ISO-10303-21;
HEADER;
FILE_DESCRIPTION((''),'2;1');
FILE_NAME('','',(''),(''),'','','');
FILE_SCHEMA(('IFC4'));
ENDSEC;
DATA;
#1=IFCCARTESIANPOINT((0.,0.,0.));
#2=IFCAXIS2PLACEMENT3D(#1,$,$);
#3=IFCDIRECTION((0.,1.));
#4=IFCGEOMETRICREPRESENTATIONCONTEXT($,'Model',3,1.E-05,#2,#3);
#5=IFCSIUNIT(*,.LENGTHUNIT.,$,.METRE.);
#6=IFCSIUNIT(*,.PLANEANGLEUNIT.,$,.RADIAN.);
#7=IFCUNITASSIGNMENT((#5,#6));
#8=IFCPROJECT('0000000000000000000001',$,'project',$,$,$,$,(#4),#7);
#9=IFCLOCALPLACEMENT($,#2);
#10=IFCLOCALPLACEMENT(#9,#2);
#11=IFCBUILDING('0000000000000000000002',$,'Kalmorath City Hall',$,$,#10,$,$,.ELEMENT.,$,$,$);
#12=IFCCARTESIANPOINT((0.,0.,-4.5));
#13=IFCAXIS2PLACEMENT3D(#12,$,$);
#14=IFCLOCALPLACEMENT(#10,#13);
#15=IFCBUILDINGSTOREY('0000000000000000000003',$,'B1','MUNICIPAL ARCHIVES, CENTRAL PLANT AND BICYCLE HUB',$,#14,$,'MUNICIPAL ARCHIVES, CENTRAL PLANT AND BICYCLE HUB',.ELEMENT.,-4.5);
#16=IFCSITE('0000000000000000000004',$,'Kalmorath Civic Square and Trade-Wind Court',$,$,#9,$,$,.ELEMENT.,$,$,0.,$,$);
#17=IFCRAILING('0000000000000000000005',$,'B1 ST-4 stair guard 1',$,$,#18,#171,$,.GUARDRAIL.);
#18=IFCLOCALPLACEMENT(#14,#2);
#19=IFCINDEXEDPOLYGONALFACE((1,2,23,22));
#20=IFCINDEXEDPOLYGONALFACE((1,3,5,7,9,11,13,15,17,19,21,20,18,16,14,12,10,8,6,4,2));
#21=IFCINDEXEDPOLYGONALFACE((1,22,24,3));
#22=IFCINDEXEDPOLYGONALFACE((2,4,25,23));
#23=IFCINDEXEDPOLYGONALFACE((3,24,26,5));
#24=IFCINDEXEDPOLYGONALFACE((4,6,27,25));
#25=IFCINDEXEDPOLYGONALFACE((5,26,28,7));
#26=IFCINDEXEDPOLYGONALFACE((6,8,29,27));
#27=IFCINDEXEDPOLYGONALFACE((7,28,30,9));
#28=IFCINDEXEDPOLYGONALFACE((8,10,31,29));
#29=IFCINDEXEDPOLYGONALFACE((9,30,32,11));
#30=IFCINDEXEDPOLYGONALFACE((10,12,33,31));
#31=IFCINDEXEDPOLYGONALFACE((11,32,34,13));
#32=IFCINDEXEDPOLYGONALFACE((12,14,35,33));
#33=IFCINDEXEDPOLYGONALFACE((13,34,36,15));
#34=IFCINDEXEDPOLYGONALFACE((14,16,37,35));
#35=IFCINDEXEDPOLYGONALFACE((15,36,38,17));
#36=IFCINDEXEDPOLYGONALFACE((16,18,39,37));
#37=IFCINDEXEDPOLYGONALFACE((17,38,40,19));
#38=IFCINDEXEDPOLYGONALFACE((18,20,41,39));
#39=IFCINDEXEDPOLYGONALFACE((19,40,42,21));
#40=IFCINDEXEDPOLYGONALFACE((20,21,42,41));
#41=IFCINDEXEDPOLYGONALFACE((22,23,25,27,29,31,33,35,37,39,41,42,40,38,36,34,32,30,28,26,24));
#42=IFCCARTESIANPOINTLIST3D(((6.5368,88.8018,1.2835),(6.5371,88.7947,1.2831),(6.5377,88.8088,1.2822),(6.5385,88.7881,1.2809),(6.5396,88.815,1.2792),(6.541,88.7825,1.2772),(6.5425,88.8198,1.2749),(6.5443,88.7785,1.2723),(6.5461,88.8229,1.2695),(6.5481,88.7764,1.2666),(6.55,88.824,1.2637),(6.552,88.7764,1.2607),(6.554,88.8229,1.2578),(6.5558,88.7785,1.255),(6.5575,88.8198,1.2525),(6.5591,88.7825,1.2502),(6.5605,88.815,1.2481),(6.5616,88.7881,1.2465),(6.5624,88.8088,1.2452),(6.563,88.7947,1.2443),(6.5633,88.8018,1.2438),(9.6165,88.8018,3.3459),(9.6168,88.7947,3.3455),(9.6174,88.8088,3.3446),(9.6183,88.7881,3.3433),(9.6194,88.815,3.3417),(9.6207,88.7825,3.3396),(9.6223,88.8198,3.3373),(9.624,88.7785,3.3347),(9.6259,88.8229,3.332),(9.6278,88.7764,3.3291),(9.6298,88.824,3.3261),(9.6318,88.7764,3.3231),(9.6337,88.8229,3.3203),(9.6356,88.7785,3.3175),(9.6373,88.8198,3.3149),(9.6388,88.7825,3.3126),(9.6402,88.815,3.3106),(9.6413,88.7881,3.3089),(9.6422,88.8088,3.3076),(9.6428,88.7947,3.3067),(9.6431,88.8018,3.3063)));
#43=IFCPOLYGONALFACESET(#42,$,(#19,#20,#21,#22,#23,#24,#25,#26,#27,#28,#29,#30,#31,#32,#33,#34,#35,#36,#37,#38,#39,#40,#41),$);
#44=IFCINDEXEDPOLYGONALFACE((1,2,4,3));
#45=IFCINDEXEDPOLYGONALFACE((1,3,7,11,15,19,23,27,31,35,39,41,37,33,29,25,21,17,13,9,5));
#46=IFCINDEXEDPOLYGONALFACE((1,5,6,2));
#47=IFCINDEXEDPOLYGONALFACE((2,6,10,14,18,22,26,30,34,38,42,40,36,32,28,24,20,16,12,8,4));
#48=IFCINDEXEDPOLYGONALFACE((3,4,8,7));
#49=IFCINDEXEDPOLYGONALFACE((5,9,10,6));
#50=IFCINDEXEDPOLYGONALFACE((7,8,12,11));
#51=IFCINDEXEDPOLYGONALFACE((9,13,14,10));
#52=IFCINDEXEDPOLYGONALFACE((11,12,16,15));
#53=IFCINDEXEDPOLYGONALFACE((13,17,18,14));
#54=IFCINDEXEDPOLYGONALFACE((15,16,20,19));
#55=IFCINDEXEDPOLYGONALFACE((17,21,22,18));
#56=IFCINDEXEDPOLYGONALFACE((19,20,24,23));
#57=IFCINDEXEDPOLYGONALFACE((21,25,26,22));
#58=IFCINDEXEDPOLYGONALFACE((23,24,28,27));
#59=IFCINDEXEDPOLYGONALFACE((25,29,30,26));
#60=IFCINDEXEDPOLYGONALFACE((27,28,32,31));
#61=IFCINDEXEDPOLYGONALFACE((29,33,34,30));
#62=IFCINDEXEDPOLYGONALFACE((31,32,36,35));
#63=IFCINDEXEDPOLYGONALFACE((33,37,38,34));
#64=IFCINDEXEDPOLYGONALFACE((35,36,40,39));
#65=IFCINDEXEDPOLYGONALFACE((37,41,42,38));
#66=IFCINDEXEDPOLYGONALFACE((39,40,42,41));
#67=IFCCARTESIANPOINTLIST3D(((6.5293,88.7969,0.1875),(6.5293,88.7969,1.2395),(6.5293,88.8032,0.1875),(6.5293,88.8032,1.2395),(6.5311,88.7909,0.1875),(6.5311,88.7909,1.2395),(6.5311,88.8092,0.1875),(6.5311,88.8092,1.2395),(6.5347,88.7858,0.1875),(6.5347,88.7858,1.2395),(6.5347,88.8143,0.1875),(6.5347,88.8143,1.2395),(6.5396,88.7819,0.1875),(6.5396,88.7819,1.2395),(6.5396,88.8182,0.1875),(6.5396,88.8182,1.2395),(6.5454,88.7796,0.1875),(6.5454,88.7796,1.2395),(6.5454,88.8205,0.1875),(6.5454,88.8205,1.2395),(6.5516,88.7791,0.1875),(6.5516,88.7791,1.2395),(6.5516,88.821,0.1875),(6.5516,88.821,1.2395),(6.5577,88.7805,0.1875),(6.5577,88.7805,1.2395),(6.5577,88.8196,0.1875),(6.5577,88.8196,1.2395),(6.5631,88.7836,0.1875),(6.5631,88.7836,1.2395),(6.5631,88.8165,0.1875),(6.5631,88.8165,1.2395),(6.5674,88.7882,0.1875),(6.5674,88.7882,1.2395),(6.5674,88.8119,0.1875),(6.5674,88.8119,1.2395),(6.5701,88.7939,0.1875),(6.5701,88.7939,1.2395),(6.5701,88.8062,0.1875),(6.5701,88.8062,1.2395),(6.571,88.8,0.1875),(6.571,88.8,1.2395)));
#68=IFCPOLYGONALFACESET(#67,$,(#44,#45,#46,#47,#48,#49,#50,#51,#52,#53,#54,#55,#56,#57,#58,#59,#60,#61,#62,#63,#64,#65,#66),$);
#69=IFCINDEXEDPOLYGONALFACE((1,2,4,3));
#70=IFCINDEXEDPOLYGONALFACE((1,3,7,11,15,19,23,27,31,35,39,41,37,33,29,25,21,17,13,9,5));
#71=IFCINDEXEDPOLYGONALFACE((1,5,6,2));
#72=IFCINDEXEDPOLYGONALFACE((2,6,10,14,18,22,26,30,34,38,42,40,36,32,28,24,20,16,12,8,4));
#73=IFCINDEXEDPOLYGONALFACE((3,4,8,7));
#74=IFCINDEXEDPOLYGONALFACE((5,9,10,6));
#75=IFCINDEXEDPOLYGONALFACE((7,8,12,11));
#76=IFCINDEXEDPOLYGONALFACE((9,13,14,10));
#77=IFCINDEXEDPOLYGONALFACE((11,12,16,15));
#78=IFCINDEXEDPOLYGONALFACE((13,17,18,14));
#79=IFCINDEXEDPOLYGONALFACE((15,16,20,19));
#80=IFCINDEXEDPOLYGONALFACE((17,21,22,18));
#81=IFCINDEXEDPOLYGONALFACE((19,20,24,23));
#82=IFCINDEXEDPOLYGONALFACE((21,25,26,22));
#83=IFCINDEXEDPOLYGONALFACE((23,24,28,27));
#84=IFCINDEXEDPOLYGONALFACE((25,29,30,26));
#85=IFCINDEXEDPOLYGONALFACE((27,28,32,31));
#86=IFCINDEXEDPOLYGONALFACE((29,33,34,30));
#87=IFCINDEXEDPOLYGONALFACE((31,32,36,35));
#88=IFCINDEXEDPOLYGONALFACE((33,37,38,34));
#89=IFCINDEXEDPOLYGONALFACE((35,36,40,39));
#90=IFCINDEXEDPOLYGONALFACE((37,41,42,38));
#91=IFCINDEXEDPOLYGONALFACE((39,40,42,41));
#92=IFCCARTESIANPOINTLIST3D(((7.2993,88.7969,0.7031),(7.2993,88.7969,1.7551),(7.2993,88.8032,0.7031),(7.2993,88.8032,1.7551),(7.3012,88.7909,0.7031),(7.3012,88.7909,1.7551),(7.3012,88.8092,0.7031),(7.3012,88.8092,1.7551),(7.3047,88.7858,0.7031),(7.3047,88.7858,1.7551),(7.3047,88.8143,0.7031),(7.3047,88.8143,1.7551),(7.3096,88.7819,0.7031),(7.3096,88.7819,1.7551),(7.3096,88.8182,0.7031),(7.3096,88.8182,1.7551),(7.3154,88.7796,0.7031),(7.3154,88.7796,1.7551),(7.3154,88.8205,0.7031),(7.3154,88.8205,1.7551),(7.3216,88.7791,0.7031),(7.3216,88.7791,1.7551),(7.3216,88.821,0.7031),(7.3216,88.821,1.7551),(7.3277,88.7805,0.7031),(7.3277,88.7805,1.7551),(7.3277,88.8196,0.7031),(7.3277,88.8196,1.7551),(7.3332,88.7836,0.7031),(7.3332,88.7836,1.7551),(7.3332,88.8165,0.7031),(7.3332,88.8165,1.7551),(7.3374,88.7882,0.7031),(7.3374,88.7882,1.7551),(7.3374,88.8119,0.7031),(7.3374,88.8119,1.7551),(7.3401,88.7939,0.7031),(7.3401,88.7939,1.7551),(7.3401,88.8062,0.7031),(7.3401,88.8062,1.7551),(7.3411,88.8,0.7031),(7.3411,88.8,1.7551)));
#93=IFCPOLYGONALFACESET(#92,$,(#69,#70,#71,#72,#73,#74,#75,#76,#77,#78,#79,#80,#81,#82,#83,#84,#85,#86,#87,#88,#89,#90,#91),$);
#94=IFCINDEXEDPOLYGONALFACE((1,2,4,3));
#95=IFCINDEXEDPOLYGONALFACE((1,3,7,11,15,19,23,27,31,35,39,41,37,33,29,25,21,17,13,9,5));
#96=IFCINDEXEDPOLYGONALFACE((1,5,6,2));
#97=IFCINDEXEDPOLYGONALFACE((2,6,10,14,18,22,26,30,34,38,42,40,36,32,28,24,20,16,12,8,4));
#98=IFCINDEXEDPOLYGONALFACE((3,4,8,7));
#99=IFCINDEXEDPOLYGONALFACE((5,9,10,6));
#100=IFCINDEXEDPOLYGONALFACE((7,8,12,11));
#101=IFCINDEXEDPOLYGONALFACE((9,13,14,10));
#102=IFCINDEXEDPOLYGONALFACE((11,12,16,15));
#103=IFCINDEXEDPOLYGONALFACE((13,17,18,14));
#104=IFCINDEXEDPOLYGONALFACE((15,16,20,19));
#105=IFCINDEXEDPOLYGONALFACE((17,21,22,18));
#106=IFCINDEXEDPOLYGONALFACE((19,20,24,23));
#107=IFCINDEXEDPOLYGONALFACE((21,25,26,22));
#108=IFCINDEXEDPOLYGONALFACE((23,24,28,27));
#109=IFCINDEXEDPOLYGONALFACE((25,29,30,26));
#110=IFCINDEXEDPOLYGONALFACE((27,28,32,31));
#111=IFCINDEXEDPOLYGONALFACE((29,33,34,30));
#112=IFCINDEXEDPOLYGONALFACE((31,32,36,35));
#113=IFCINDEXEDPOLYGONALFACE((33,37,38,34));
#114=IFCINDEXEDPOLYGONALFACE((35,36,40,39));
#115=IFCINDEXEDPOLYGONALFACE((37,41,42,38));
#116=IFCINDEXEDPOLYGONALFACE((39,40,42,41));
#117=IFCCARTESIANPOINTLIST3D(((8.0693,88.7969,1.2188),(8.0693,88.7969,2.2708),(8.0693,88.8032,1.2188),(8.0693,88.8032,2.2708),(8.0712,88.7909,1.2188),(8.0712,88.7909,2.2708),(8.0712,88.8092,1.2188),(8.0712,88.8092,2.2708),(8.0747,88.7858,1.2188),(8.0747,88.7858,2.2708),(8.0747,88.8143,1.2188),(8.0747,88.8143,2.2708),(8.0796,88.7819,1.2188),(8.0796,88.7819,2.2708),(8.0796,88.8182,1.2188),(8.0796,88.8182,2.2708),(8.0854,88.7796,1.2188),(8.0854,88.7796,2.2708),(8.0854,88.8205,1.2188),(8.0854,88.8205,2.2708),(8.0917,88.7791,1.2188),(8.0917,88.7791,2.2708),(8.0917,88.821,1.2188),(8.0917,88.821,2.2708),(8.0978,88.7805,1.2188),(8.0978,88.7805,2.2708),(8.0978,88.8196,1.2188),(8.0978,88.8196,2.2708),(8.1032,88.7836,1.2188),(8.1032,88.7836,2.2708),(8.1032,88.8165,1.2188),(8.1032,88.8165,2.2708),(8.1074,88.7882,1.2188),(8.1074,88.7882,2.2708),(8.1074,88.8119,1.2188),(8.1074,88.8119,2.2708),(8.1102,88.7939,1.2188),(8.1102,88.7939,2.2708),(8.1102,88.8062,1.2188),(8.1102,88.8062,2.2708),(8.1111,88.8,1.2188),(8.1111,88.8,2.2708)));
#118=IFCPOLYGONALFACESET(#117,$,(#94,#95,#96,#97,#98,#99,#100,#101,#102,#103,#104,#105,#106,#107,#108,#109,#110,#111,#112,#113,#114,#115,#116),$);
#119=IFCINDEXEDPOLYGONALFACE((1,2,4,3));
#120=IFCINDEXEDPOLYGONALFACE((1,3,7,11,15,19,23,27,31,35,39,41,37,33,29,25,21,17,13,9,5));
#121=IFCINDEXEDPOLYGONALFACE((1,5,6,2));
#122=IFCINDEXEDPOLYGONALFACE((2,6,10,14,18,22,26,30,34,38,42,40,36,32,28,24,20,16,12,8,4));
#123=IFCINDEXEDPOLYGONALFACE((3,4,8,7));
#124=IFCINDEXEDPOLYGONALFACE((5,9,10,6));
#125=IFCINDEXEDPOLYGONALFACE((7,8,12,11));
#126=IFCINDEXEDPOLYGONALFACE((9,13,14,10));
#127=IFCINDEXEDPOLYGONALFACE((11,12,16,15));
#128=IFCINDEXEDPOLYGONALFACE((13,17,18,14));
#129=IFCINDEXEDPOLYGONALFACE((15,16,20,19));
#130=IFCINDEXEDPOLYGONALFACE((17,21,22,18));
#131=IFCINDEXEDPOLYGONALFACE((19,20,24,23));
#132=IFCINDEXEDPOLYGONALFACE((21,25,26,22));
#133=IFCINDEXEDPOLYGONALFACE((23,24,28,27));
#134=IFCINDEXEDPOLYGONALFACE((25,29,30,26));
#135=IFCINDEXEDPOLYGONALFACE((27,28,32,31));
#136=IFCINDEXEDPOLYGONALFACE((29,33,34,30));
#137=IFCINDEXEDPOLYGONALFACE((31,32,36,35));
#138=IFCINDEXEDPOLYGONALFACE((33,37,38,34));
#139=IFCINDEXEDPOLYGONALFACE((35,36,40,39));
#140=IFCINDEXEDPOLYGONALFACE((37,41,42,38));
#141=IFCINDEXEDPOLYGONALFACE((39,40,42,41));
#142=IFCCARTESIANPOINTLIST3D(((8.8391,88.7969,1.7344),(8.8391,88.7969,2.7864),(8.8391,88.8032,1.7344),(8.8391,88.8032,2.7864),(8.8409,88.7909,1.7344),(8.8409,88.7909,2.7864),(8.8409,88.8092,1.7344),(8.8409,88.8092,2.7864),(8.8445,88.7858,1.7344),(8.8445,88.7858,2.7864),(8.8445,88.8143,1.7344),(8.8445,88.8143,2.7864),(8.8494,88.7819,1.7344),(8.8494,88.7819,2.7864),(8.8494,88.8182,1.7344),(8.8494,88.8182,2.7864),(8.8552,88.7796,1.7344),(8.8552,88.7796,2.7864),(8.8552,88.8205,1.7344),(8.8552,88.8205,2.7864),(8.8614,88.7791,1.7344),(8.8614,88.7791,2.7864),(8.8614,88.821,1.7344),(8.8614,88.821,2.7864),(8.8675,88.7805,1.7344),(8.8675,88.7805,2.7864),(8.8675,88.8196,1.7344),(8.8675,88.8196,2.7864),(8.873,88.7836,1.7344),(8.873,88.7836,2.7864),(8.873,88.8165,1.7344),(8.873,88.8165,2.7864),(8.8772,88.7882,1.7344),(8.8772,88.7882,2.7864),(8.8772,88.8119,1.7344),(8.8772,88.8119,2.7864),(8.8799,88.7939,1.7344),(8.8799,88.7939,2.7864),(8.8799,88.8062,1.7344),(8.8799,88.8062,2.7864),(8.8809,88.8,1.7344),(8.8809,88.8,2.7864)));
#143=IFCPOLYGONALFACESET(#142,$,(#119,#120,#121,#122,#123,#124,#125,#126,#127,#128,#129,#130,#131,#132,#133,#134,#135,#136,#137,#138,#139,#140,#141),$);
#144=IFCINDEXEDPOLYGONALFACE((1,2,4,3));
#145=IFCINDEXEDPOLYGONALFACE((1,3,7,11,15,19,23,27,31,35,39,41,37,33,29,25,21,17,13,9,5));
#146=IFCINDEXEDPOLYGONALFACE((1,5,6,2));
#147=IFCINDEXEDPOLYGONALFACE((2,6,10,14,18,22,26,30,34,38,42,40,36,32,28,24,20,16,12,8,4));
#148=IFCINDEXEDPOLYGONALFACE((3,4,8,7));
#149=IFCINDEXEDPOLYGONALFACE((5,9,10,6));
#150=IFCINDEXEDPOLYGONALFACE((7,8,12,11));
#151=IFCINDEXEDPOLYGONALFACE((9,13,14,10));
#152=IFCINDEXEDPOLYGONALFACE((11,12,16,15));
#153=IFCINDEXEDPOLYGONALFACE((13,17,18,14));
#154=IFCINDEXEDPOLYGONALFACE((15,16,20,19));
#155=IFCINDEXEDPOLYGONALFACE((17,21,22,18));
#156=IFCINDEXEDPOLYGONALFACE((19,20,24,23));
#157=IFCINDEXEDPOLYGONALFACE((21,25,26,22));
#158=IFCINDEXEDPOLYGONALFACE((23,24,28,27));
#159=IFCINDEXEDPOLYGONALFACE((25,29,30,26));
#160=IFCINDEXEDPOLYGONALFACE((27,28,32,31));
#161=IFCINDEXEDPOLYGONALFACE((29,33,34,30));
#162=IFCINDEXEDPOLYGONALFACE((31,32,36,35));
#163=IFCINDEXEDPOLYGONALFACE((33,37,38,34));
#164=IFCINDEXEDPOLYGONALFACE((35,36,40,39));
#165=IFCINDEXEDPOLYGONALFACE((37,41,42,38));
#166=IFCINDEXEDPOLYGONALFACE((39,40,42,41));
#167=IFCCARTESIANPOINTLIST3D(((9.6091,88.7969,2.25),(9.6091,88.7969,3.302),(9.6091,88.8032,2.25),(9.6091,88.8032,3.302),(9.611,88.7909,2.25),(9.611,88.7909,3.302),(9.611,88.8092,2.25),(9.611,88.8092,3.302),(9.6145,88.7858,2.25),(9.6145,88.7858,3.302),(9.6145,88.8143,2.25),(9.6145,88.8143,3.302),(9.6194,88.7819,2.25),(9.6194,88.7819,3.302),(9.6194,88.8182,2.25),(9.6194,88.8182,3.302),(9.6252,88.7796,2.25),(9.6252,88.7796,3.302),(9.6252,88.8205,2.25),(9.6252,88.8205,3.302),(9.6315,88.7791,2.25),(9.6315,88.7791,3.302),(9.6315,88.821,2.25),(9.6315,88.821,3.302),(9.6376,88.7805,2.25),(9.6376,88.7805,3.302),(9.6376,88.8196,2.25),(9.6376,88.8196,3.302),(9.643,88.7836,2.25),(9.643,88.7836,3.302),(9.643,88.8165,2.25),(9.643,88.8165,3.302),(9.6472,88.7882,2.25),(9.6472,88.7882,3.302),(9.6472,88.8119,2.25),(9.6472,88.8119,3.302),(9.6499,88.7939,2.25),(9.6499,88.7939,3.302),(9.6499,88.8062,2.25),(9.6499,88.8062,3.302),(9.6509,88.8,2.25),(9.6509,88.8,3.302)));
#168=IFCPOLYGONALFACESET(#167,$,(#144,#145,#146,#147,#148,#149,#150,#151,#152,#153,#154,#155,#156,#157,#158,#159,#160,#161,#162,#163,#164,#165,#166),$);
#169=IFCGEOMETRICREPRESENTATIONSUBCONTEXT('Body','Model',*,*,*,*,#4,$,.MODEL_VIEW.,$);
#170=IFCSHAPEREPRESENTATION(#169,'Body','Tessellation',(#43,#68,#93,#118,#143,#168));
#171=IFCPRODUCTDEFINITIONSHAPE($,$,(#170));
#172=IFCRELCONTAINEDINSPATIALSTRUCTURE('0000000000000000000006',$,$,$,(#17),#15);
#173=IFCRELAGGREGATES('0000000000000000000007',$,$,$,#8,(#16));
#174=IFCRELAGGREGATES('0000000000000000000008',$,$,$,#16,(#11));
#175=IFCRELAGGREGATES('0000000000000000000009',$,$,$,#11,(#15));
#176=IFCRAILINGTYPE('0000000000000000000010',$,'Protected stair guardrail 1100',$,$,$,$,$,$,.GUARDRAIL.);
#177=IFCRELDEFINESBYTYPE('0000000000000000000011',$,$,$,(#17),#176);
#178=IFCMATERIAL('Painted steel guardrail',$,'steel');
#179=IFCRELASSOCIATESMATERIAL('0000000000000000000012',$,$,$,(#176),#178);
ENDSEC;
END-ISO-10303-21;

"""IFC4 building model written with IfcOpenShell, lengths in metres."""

from ifc_helpers import new_model, si_unit, direction, frame, origin, origin_2d, place, context, subcontext, project, spatial, circle, extrude, material, type_object, element, save


model = new_model("IFC4")

# Units and contexts
model_context = context("Model", 3, precision=1e-05, world=origin(), true_north=direction((0.0, 1.0)))
body_context = subcontext(model_context, "Body", "Model", "MODEL_VIEW")
ifc_project = project(units=[si_unit("LENGTHUNIT", "METRE"), si_unit("PLANEANGLEUNIT", "RADIAN")], contexts=[model_context])

# Site, building, storey
site_placement = place(None, origin())
site = spatial("IfcSite", under=ifc_project, at=site_placement, Name="Kalmorath Civic Square and Trade-Wind Court", CompositionType="ELEMENT", RefElevation=0.0)
building_placement = place(site_placement, origin())
building = spatial("IfcBuilding", under=site, at=building_placement, Name="Kalmorath City Hall", CompositionType="ELEMENT")
storey_placement = place(building_placement, frame((0.0, 0.0, -4.5)))
storey = spatial("IfcBuildingStorey", under=building, at=storey_placement, Name="B1", Description="MUNICIPAL ARCHIVES, CENTRAL PLANT AND BICYCLE HUB", LongName="MUNICIPAL ARCHIVES, CENTRAL PLANT AND BICYCLE HUB", CompositionType="ELEMENT", Elevation=-4.5)

# Railing
ifc_material_1 = material(Name="Painted steel guardrail", Category="steel")
railing_type_1 = type_object("IfcRailingType", Name="Protected stair guardrail 1100", PredefinedType="GUARDRAIL", material=ifc_material_1)
railing_1_placement = place(storey_placement, frame((6.55, 88.8, 0.1875)))
element("IfcRailing", 1, at=railing_1_placement, inside=storey, type_object=railing_type_1, Name="B1 ST-4 stair guard 1", PredefinedType="GUARDRAIL", context=body_context, shape_type="SweptSolid", body=[
    extrude(circle(Radius=0.0239, at=origin_2d()), frame((0.0, 0.0, 1.0762), z_axis=(0.830893, 0.0, 0.556432), x_axis=(0.0, 1.0, 0.0)), (0.0, 0.0, 1.0), 3.7065),
    extrude(circle(Radius=0.021, at=origin_2d()), origin(), (0.0, 0.0, 1.0), 1.052),
    extrude(circle(Radius=0.021, at=origin_2d()), frame((0.77, 0.0, 0.5156)), (0.0, 0.0, 1.0), 1.052),
    extrude(circle(Radius=0.021, at=origin_2d()), frame((1.54, 0.0, 1.0312)), (0.0, 0.0, 1.0), 1.052),
    extrude(circle(Radius=0.021, at=origin_2d()), frame((2.3098, 0.0, 1.5469)), (0.0, 0.0, 1.0), 1.052),
    extrude(circle(Radius=0.021, at=origin_2d()), frame((3.0798, 0.0, 2.0625)), (0.0, 0.0, 1.0), 1.052),
])

save(model, "model.ifc")
